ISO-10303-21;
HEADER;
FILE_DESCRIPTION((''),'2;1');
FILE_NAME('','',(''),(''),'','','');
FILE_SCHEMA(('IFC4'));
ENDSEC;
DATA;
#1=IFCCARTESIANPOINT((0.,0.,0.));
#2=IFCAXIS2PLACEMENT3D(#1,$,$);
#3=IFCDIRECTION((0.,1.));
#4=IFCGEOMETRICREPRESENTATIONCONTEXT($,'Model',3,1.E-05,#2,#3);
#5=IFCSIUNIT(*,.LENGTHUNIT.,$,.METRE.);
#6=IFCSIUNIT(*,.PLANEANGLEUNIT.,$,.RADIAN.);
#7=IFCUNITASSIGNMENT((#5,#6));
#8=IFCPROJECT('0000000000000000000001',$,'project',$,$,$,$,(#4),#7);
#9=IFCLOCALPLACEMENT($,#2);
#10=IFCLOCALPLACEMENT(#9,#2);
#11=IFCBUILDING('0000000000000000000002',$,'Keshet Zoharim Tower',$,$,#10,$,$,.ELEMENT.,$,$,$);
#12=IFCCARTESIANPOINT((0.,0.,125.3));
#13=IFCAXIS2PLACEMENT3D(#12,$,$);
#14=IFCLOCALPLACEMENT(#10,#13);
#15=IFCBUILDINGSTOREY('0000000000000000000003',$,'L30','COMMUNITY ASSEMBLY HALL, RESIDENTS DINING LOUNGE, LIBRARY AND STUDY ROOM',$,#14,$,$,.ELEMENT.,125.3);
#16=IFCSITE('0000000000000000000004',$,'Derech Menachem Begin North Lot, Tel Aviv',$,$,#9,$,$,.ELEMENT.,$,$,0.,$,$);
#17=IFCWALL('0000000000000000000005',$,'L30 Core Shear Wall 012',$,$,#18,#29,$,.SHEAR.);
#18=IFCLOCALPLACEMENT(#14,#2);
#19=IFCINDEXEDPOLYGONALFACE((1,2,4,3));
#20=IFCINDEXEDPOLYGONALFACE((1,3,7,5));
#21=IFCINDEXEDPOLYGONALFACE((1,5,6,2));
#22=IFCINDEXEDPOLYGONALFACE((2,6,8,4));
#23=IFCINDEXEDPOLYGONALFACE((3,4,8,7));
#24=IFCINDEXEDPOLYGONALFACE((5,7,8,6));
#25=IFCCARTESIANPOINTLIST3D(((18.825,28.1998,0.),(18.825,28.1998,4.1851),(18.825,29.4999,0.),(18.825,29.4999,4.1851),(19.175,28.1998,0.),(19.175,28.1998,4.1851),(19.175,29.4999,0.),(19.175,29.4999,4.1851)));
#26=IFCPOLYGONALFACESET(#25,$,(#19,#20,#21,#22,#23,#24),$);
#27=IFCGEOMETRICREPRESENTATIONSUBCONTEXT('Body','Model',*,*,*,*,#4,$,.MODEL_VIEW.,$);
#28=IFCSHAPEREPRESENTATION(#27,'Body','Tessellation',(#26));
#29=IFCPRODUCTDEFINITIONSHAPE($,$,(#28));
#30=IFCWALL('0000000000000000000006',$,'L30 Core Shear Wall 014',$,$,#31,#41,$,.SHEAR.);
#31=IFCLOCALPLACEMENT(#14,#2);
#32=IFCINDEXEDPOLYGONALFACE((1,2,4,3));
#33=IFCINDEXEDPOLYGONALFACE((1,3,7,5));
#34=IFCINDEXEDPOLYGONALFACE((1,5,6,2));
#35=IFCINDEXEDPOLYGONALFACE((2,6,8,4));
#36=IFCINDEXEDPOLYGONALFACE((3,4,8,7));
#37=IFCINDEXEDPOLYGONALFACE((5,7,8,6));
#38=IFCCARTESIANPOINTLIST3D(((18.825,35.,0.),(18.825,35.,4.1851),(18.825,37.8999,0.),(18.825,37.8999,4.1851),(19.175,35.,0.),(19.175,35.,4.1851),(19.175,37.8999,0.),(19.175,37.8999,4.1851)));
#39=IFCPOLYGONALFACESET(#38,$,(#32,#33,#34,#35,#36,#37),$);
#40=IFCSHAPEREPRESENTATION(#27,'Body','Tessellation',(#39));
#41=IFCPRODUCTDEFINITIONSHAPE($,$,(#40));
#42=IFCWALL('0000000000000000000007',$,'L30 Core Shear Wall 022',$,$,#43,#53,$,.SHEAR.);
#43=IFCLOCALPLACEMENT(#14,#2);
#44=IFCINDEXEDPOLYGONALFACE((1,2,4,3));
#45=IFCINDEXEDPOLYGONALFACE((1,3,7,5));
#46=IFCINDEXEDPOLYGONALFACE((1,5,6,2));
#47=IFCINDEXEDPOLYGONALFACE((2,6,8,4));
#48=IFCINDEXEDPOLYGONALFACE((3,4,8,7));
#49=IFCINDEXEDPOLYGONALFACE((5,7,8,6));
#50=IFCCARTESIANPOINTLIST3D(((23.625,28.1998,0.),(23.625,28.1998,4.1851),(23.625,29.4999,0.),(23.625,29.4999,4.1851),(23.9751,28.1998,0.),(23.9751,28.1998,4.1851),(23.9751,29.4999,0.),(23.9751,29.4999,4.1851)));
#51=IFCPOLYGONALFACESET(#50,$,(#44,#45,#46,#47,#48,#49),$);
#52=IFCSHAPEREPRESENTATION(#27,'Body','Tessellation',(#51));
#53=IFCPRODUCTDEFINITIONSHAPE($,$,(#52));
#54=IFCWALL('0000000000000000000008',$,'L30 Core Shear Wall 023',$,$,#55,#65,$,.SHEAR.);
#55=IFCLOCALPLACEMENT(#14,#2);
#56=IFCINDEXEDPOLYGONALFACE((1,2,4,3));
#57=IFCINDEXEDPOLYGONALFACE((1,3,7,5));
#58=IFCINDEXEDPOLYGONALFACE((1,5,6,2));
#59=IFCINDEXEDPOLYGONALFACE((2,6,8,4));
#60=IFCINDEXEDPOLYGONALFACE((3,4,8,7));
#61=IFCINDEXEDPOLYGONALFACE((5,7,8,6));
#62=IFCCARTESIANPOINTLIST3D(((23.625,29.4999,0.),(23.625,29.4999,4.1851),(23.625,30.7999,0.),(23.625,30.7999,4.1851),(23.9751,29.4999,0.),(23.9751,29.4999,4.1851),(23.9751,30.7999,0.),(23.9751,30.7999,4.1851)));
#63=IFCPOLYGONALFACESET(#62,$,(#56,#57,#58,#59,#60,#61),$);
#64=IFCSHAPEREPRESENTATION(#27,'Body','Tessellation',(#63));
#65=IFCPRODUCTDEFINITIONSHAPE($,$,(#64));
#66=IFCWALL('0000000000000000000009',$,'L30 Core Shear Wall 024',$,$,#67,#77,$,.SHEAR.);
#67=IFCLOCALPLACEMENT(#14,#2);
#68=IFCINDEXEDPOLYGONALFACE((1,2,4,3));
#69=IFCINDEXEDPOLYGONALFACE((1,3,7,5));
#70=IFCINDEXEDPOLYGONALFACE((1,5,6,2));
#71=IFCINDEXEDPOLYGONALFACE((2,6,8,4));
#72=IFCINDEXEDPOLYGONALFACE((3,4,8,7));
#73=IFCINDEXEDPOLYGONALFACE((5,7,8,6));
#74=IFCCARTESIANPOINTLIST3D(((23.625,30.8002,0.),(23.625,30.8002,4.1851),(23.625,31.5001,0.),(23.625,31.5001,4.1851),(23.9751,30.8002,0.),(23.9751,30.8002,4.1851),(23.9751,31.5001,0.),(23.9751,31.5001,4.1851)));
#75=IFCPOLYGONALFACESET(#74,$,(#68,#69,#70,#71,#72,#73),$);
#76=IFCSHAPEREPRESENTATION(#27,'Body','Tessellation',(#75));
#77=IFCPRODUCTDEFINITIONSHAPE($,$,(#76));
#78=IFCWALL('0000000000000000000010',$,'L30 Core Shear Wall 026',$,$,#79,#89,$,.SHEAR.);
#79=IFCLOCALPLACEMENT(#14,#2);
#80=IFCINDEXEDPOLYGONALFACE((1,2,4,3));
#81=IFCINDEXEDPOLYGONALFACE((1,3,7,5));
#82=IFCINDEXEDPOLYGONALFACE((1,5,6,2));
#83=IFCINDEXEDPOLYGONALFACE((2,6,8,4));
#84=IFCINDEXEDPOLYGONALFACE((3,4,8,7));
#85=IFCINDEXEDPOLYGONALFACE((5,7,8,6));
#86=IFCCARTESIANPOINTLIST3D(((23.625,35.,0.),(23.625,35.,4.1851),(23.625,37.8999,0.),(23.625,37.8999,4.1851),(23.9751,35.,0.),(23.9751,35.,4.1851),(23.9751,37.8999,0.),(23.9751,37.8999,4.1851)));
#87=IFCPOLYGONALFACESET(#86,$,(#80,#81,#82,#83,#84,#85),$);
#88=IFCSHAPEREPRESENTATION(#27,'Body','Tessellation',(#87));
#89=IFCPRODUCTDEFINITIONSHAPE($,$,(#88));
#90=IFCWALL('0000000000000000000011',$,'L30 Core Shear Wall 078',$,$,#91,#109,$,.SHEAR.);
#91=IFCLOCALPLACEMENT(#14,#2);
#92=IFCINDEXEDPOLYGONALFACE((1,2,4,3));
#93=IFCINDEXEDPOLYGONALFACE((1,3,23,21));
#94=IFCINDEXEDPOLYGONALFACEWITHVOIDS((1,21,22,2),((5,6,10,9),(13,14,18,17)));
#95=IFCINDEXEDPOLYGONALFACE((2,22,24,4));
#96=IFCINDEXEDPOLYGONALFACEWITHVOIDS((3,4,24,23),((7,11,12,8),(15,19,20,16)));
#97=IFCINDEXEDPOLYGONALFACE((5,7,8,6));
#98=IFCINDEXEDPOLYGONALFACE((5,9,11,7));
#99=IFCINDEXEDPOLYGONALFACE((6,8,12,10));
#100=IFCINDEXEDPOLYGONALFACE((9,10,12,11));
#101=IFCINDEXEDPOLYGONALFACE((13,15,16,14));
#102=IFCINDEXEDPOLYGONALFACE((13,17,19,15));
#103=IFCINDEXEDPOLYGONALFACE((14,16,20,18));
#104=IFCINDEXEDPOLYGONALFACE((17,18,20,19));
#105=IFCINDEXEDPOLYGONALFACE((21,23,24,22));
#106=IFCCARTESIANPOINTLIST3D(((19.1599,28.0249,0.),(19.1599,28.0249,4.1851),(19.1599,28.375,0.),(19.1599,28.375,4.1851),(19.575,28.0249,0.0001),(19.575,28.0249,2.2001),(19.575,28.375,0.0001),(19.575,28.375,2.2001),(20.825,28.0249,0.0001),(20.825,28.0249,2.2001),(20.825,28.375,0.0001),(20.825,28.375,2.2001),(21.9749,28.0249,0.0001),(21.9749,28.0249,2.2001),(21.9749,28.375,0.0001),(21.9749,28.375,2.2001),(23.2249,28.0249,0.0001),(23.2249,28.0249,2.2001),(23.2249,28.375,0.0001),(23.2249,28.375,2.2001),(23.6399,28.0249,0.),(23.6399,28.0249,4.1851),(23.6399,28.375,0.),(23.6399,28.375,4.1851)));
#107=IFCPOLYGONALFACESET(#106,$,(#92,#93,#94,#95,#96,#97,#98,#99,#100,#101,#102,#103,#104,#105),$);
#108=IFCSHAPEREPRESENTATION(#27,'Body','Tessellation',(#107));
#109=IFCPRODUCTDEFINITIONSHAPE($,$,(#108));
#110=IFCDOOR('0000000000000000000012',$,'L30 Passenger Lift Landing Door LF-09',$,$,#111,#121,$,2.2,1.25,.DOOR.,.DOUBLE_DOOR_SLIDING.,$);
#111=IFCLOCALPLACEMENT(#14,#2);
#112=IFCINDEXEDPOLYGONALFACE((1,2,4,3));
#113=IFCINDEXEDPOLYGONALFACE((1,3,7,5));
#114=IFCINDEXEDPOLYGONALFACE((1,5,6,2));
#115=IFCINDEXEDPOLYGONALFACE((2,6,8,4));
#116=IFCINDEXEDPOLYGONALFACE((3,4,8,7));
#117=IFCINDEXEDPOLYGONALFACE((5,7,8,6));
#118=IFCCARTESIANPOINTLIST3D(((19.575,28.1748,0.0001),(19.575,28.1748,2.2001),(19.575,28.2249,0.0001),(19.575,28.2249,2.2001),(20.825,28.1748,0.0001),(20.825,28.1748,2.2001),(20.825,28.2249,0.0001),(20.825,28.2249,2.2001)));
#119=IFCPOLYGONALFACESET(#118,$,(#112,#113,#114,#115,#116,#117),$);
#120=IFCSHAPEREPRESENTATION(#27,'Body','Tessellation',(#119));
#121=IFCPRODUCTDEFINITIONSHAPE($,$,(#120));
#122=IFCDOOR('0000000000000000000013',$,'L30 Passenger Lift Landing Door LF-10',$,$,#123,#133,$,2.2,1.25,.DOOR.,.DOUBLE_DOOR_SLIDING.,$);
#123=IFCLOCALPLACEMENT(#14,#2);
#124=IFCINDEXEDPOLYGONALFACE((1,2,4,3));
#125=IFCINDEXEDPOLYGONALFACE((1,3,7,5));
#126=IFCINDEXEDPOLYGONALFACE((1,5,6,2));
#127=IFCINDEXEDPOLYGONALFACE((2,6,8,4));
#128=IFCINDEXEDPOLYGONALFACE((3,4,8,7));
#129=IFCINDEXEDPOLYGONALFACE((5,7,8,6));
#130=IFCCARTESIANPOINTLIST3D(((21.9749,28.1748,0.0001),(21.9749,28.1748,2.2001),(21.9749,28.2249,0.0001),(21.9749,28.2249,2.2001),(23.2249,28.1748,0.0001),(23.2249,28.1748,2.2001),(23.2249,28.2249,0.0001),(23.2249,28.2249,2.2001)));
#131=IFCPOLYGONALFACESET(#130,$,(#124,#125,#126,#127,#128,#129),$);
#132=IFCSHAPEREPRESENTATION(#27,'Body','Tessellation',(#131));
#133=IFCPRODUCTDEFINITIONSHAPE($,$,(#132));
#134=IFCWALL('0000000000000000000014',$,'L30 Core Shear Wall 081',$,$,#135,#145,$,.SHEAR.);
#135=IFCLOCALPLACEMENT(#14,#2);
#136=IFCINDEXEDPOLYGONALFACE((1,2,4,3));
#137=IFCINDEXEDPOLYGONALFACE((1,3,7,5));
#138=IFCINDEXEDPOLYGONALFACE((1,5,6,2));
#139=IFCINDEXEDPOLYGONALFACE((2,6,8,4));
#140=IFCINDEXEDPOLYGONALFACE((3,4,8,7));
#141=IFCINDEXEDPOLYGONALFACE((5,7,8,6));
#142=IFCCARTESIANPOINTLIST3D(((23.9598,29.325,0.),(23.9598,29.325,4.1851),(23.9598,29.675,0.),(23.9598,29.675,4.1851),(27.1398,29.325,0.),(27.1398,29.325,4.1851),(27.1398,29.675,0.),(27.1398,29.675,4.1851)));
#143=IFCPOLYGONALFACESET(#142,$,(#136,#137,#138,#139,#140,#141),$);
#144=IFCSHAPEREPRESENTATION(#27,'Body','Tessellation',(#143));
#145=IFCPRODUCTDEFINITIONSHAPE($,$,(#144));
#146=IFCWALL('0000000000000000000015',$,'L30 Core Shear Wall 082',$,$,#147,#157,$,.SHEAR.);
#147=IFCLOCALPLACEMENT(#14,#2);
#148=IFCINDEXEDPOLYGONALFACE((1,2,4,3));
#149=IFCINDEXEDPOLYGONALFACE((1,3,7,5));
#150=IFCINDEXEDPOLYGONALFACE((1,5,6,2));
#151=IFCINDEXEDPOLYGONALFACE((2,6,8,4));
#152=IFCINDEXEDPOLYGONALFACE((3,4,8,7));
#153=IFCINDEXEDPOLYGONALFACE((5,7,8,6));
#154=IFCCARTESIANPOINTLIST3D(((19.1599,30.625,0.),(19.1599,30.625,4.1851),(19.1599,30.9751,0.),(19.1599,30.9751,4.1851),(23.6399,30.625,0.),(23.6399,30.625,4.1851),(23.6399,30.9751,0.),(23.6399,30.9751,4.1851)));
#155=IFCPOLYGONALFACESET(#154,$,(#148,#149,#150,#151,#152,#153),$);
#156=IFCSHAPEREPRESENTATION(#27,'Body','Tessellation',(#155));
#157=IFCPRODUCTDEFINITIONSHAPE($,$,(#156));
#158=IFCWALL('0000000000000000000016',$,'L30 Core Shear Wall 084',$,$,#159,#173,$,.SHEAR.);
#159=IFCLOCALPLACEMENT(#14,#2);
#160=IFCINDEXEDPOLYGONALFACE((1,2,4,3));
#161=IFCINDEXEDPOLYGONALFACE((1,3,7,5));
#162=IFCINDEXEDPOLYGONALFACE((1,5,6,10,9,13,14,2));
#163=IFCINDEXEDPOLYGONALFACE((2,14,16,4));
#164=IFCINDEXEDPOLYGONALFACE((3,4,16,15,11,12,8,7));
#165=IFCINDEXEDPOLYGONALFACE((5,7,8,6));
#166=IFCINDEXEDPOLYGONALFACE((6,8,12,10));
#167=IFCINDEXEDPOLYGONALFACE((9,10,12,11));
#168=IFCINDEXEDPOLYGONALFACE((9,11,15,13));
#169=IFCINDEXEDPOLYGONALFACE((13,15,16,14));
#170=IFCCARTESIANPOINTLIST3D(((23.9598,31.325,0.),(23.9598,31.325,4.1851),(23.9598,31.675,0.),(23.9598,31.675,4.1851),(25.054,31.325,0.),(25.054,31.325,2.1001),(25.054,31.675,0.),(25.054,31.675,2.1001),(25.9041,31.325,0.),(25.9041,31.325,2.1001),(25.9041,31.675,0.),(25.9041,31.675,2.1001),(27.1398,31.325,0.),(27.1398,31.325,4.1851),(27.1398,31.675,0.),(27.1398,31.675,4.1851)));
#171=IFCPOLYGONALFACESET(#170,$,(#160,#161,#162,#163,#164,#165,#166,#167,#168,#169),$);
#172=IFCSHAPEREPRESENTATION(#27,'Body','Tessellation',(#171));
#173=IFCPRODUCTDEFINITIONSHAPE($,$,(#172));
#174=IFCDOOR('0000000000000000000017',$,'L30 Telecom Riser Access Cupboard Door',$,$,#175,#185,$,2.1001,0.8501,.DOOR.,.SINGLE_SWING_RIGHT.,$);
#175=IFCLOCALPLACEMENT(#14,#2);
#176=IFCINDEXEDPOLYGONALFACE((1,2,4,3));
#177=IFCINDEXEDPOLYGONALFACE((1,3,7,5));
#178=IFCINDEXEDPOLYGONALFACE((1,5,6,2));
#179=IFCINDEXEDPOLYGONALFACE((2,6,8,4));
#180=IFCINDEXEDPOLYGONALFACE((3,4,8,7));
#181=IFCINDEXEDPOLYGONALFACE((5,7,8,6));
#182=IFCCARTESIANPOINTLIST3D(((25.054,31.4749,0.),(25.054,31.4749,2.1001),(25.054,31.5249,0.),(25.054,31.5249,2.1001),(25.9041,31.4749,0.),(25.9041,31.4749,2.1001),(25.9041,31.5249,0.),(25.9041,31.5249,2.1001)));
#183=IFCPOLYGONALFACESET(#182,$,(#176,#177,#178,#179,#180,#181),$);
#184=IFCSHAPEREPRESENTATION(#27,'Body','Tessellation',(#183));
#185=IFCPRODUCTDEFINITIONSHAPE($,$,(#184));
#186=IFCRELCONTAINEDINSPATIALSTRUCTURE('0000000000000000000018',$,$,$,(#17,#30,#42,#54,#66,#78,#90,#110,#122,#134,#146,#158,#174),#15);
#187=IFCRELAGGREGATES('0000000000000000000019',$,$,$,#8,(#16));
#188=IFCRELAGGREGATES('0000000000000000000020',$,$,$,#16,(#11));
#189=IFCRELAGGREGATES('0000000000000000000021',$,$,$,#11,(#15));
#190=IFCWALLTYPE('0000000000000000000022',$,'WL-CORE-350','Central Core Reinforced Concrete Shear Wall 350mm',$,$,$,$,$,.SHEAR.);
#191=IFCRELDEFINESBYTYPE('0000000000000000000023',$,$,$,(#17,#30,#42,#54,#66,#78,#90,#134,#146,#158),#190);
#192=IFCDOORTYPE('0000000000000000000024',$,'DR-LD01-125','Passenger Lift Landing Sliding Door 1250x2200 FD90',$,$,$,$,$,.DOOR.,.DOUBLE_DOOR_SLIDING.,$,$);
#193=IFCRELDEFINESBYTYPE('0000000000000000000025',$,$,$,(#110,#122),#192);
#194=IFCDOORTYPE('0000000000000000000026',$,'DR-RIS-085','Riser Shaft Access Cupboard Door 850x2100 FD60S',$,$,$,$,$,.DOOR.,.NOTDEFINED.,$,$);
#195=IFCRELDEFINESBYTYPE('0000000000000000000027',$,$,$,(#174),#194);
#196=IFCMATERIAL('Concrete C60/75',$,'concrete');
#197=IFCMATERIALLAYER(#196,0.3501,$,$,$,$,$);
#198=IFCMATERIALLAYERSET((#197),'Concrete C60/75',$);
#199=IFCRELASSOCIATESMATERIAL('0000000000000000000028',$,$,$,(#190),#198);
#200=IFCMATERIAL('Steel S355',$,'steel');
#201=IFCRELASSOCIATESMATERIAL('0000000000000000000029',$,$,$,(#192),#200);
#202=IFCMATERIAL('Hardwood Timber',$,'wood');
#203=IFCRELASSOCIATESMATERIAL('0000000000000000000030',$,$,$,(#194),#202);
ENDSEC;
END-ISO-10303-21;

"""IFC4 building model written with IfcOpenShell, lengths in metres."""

from ifc_helpers import new_model, si_unit, direction, frame, frame_2d, origin, place, context, subcontext, project, spatial, rectangle, extrude, material, layer, layer_set, type_object, element, fill, save


model = new_model("IFC4")

# Units and contexts
model_context = context("Model", 3, precision=1e-05, world=origin(), true_north=direction((0.0, 1.0)))
body_context = subcontext(model_context, "Body", "Model", "MODEL_VIEW")
ifc_project = project(units=[si_unit("LENGTHUNIT", "METRE"), si_unit("PLANEANGLEUNIT", "RADIAN")], contexts=[model_context])

# Site, building, storey
site_placement = place(None, origin())
site = spatial("IfcSite", under=ifc_project, at=site_placement, Name="Derech Menachem Begin North Lot, Tel Aviv", CompositionType="ELEMENT", RefElevation=0.0)
building_placement = place(site_placement, origin())
building = spatial("IfcBuilding", under=site, at=building_placement, Name="Keshet Zoharim Tower", CompositionType="ELEMENT")
storey_placement = place(building_placement, frame((0.0, 0.0, 125.3)))
storey = spatial("IfcBuildingStorey", under=building, at=storey_placement, Name="L30", Description="COMMUNITY ASSEMBLY HALL, RESIDENTS DINING LOUNGE, LIBRARY AND STUDY ROOM", CompositionType="ELEMENT", Elevation=125.3)

# Wall
ifc_material_1 = material(Name="Concrete C60/75", Category="concrete")
ifc_layer_1 = layer(ifc_material_1, 0.3501)
ifc_layer_set_1 = layer_set([ifc_layer_1], Name="Concrete C60/75")
wall_type_1 = type_object("IfcWallType", Name="WL-CORE-350", Description="Central Core Reinforced Concrete Shear Wall 350mm", PredefinedType="SHEAR", material=ifc_layer_set_1)
wall_1_placement = place(storey_placement, frame((19.0, 28.2, 0.0), z_axis=(0.0, 0.0, 1.0), x_axis=(0.0, 1.0, 0.0)))
element("IfcWall", 1, at=wall_1_placement, inside=storey, type_object=wall_type_1, Name="L30 Core Shear Wall 012", PredefinedType="SHEAR", context=body_context, shape_type="SweptSolid", body=[
    extrude(rectangle(XDim=1.3, YDim=0.3501, at=frame_2d((0.6499, 0.0))), origin(), (0.0, 0.0, 1.0), 4.1851),
])

# Shared definitions
ifc_material_2 = material(Name="Hardwood Timber", Category="wood")

# Walls
wall_2_placement = place(storey_placement, frame((19.0, 35.0, 0.0), z_axis=(0.0, 0.0, 1.0), x_axis=(0.0, 1.0, 0.0)))
element("IfcWall", 2, at=wall_2_placement, inside=storey, type_object=wall_type_1, Name="L30 Core Shear Wall 014", PredefinedType="SHEAR", context=body_context, shape_type="SweptSolid", body=[
    extrude(rectangle(XDim=2.8999, YDim=0.3501, at=frame_2d((1.45, 0.0))), origin(), (0.0, 0.0, 1.0), 4.1851),
])
for number, where, z_axis, x_axis, name in (
    (3, (23.8, 28.2, 0.0), (0.0, 0.0, 1.0), (0.0, 1.0, 0.0), "L30 Core Shear Wall 022"),
    (4, (23.8, 29.5, 0.0), (0.0, 0.0, 1.0), (0.0, 1.0, 0.0), "L30 Core Shear Wall 023"),
):
    element("IfcWall", number, at=place(storey_placement, frame(where, z_axis=z_axis, x_axis=x_axis)), inside=storey, type_object=wall_type_1, Name=name, PredefinedType="SHEAR", context=body_context, shape_type="SweptSolid", body=[
        extrude(rectangle(XDim=1.3, YDim=0.3501, at=frame_2d((0.6499, 0.0))), origin(), (0.0, 0.0, 1.0), 4.1851),
    ])
wall_3_placement = place(storey_placement, frame((23.8, 30.8, 0.0), z_axis=(0.0, 0.0, 1.0), x_axis=(0.0, 1.0, 0.0)))
element("IfcWall", 5, at=wall_3_placement, inside=storey, type_object=wall_type_1, Name="L30 Core Shear Wall 024", PredefinedType="SHEAR", context=body_context, shape_type="SweptSolid", body=[
    extrude(rectangle(XDim=0.7, YDim=0.3501, at=frame_2d((0.3501, 0.0))), origin(), (0.0, 0.0, 1.0), 4.1851),
])

# Wall
wall_4_placement = place(storey_placement, frame((23.8, 35.0, 0.0), z_axis=(0.0, 0.0, 1.0), x_axis=(0.0, 1.0, 0.0)))
element("IfcWall", 6, at=wall_4_placement, inside=storey, type_object=wall_type_1, Name="L30 Core Shear Wall 026", PredefinedType="SHEAR", context=body_context, shape_type="SweptSolid", body=[
    extrude(rectangle(XDim=2.8999, YDim=0.3501, at=frame_2d((1.45, 0.0))), origin(), (0.0, 0.0, 1.0), 4.1851),
])

# Wall, openings, doors
wall_5_placement = place(storey_placement, frame((19.1599, 28.2, 0.0), z_axis=(0.0, 0.0, 1.0), x_axis=(1.0, 0.0, 0.0)))
wall_5 = element("IfcWall", 7, at=wall_5_placement, inside=storey, type_object=wall_type_1, Name="L30 Core Shear Wall 078", PredefinedType="SHEAR", context=body_context, shape_type="SweptSolid", body=[
    extrude(rectangle(XDim=4.48, YDim=0.3501, at=frame_2d((2.24, 0.0))), origin(), (0.0, 0.0, 1.0), 4.1851),
])
opening_1_placement = place(wall_5_placement, frame((0.415, 0.0, 0.0)))
opening_1 = element("IfcOpeningElement", 8, at=opening_1_placement, cuts=wall_5, PredefinedType="OPENING", context=body_context, shape_type="SweptSolid", body=[
    extrude(rectangle(XDim=1.25, YDim=2.2, at=frame_2d((0.625, 1.1001))), frame((0.0, 0.1851, 0.0), z_axis=(0.0, -1.0, 0.0), x_axis=(1.0, 0.0, 0.0)), (0.0, 0.0, 1.0), 0.3701),
])
opening_2_placement = place(wall_5_placement, frame((2.8149, 0.0, 0.0)))
opening_2 = element("IfcOpeningElement", 9, at=opening_2_placement, cuts=wall_5, PredefinedType="OPENING", context=body_context, shape_type="SweptSolid", body=[
    extrude(rectangle(XDim=1.25, YDim=2.2, at=frame_2d((0.625, 1.1001))), frame((0.0, 0.1851, 0.0), z_axis=(0.0, -1.0, 0.0), x_axis=(1.0, 0.0, 0.0)), (0.0, 0.0, 1.0), 0.3701),
])
ifc_material_3 = material(Name="Steel S355", Category="steel")
door_type_1 = type_object("IfcDoorType", Name="DR-LD01-125", Description="Passenger Lift Landing Sliding Door 1250x2200 FD90", OperationType="DOUBLE_DOOR_SLIDING", PredefinedType="DOOR", material=ifc_material_3)
door_1_placement = place(opening_1_placement, origin())
door_1 = element("IfcDoor", 10, at=door_1_placement, inside=storey, type_object=door_type_1, Name="L30 Passenger Lift Landing Door LF-09", OperationType="DOUBLE_DOOR_SLIDING", OverallHeight=2.2, OverallWidth=1.25, PredefinedType="DOOR", context=body_context, shape_type="SweptSolid", body=[
    extrude(rectangle(XDim=1.25, YDim=2.2, at=frame_2d((0.625, 1.1001))), frame((0.0, 0.0249, 0.0), z_axis=(0.0, -1.0, 0.0), x_axis=(1.0, 0.0, 0.0)), (0.0, 0.0, 1.0), 0.05),
])
fill(opening_1, door_1)
door_2_placement = place(opening_2_placement, origin())
door_2 = element("IfcDoor", 11, at=door_2_placement, inside=storey, type_object=door_type_1, Name="L30 Passenger Lift Landing Door LF-10", OperationType="DOUBLE_DOOR_SLIDING", OverallHeight=2.2, OverallWidth=1.25, PredefinedType="DOOR", context=body_context, shape_type="SweptSolid", body=[
    extrude(rectangle(XDim=1.25, YDim=2.2, at=frame_2d((0.625, 1.1001))), frame((0.0, 0.0249, 0.0), z_axis=(0.0, -1.0, 0.0), x_axis=(1.0, 0.0, 0.0)), (0.0, 0.0, 1.0), 0.05),
])
fill(opening_2, door_2)

# Walls
wall_6_placement = place(storey_placement, frame((23.96, 29.5, 0.0), z_axis=(0.0, 0.0, 1.0), x_axis=(1.0, 0.0, 0.0)))
element("IfcWall", 12, at=wall_6_placement, inside=storey, type_object=wall_type_1, Name="L30 Core Shear Wall 081", PredefinedType="SHEAR", context=body_context, shape_type="SweptSolid", body=[
    extrude(rectangle(XDim=3.1799, YDim=0.3501, at=frame_2d((1.5898, 0.0))), origin(), (0.0, 0.0, 1.0), 4.1851),
])
wall_7_placement = place(storey_placement, frame((19.1599, 30.8, 0.0), z_axis=(0.0, 0.0, 1.0), x_axis=(1.0, 0.0, 0.0)))
element("IfcWall", 13, at=wall_7_placement, inside=storey, type_object=wall_type_1, Name="L30 Core Shear Wall 082", PredefinedType="SHEAR", context=body_context, shape_type="SweptSolid", body=[
    extrude(rectangle(XDim=4.48, YDim=0.3501, at=frame_2d((2.24, 0.0))), origin(), (0.0, 0.0, 1.0), 4.1851),
])

# Wall, opening, door
wall_8_placement = place(storey_placement, frame((23.96, 31.5, 0.0), z_axis=(0.0, 0.0, 1.0), x_axis=(1.0, 0.0, 0.0)))
wall_8 = element("IfcWall", 14, at=wall_8_placement, inside=storey, type_object=wall_type_1, Name="L30 Core Shear Wall 084", PredefinedType="SHEAR", context=body_context, shape_type="SweptSolid", body=[
    extrude(rectangle(XDim=3.1799, YDim=0.3501, at=frame_2d((1.5898, 0.0))), origin(), (0.0, 0.0, 1.0), 4.1851),
])
opening_3_placement = place(wall_8_placement, frame((1.094, 0.0, 0.0)))
opening_3 = element("IfcOpeningElement", 15, at=opening_3_placement, cuts=wall_8, PredefinedType="OPENING", context=body_context, shape_type="SweptSolid", body=[
    extrude(rectangle(XDim=0.8501, YDim=2.1001, at=frame_2d((0.425, 1.05))), frame((0.0, 0.1851, 0.0), z_axis=(0.0, -1.0, 0.0), x_axis=(1.0, 0.0, 0.0)), (0.0, 0.0, 1.0), 0.3701),
])
door_type_2 = type_object("IfcDoorType", Name="DR-RIS-085", Description="Riser Shaft Access Cupboard Door 850x2100 FD60S", OperationType="NOTDEFINED", PredefinedType="DOOR", material=ifc_material_2)
door_3_placement = place(opening_3_placement, origin())
door_3 = element("IfcDoor", 16, at=door_3_placement, inside=storey, type_object=door_type_2, Name="L30 Telecom Riser Access Cupboard Door", OperationType="SINGLE_SWING_RIGHT", OverallHeight=2.1001, OverallWidth=0.8501, PredefinedType="DOOR", context=body_context, shape_type="SweptSolid", body=[
    extrude(rectangle(XDim=0.8501, YDim=2.1001, at=frame_2d((0.425, 1.05))), frame((0.0, 0.0249, 0.0), z_axis=(0.0, -1.0, 0.0), x_axis=(1.0, 0.0, 0.0)), (0.0, 0.0, 1.0), 0.05),
])
fill(opening_3, door_3)

save(model, "model.ifc")
